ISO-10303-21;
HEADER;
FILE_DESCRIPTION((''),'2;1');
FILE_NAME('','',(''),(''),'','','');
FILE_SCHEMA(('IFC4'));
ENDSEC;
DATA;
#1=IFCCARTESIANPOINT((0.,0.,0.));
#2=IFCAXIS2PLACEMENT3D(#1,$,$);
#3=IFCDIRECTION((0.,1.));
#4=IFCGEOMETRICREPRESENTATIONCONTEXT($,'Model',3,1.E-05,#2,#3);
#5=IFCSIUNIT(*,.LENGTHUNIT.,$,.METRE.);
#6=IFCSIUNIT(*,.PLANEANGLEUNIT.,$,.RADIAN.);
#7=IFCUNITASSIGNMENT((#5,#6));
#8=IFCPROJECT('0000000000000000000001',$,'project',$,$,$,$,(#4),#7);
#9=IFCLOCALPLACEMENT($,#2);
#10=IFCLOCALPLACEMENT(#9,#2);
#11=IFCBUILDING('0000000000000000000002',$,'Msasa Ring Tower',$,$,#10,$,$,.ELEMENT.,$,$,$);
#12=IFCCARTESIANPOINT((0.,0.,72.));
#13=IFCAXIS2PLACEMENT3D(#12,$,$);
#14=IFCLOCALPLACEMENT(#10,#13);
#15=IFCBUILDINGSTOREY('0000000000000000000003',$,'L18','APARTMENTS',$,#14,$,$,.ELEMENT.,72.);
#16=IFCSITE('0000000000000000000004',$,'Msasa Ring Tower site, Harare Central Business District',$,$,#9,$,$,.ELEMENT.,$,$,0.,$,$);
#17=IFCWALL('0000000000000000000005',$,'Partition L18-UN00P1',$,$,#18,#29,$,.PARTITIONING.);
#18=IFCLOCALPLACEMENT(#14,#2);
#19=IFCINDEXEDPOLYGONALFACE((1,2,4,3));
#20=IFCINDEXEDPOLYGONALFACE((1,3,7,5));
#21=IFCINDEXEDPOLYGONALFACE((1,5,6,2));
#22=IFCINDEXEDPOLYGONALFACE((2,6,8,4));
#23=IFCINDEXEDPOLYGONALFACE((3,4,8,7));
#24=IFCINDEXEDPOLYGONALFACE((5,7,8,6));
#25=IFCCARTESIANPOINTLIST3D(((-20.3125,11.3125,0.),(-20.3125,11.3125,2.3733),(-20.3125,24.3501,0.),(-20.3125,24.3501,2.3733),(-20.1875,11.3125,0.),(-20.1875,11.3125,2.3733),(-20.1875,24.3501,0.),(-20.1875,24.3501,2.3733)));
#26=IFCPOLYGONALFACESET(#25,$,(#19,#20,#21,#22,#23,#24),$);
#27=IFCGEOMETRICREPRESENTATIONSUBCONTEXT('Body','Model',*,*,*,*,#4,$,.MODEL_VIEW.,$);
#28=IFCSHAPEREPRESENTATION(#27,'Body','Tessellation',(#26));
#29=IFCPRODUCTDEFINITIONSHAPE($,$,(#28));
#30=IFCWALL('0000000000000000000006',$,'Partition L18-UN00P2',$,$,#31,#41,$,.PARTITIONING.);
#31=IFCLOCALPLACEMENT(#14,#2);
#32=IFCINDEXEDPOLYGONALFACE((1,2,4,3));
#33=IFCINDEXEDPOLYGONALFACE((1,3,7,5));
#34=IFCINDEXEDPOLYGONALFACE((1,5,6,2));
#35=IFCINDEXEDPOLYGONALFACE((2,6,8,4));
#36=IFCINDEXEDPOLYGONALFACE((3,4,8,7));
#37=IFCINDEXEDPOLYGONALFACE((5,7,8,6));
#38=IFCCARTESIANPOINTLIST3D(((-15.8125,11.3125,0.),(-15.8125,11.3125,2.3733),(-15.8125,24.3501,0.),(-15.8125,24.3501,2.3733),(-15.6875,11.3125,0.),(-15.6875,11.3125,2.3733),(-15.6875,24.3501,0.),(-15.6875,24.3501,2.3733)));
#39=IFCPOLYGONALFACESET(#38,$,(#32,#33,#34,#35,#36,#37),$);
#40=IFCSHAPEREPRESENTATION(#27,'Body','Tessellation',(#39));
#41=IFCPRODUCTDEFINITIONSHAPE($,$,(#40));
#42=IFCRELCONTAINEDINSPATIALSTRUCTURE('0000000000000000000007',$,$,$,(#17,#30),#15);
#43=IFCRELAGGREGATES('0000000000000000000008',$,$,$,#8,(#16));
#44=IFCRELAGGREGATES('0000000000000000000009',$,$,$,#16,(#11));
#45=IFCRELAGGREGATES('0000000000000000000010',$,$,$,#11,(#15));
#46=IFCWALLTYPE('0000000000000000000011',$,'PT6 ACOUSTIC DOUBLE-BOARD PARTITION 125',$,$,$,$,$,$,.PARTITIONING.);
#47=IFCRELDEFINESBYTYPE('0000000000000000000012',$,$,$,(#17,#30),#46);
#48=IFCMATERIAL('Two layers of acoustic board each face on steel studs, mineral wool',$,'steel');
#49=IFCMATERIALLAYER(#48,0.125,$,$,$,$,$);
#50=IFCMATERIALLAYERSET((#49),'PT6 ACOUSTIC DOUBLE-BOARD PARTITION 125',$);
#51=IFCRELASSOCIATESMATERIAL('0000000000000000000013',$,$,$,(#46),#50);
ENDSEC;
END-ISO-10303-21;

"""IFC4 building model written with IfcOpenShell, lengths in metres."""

from ifc_helpers import new_model, si_unit, direction, frame, frame_2d, origin, place, context, subcontext, project, spatial, rectangle, extrude, material, layer, layer_set, type_object, element, save


model = new_model("IFC4")

# Units and contexts
model_context = context("Model", 3, precision=1e-05, world=origin(), true_north=direction((0.0, 1.0)))
body_context = subcontext(model_context, "Body", "Model", "MODEL_VIEW")
ifc_project = project(units=[si_unit("LENGTHUNIT", "METRE"), si_unit("PLANEANGLEUNIT", "RADIAN")], contexts=[model_context])

# Site, building, storey
site_placement = place(None, origin())
site = spatial("IfcSite", under=ifc_project, at=site_placement, Name="Msasa Ring Tower site, Harare Central Business District", CompositionType="ELEMENT", RefElevation=0.0)
building_placement = place(site_placement, origin())
building = spatial("IfcBuilding", under=site, at=building_placement, Name="Msasa Ring Tower", CompositionType="ELEMENT")
storey_placement = place(building_placement, frame((0.0, 0.0, 72.0)))
storey = spatial("IfcBuildingStorey", under=building, at=storey_placement, Name="L18", Description="APARTMENTS", CompositionType="ELEMENT", Elevation=72.0)

# Walls
ifc_material_1 = material(Name="Two layers of acoustic board each face on steel studs, mineral wool", Category="steel")
ifc_layer_1 = layer(ifc_material_1, 0.125)
ifc_layer_set_1 = layer_set([ifc_layer_1], Name="PT6 ACOUSTIC DOUBLE-BOARD PARTITION 125")
wall_type_1 = type_object("IfcWallType", Name="PT6 ACOUSTIC DOUBLE-BOARD PARTITION 125", PredefinedType="PARTITIONING", material=ifc_layer_set_1)
for number, where, z_axis, x_axis, name in (
    (1, (-20.25, 11.3125, 0.0), (0.0, 0.0, 1.0), (0.0, 1.0, 0.0), "Partition L18-UN00P1"),
    (2, (-15.75, 11.3125, 0.0), (0.0, 0.0, 1.0), (0.0, 1.0, 0.0), "Partition L18-UN00P2"),
):
    element("IfcWall", number, at=place(storey_placement, frame(where, z_axis=z_axis, x_axis=x_axis)), inside=storey, type_object=wall_type_1, Name=name, PredefinedType="PARTITIONING", context=body_context, shape_type="SweptSolid", body=[
        extrude(rectangle(XDim=13.0376, YDim=0.125, at=frame_2d((6.5188, 0.0))), origin(), (0.0, 0.0, 1.0), 2.3733),
    ])

save(model, "model.ifc")
